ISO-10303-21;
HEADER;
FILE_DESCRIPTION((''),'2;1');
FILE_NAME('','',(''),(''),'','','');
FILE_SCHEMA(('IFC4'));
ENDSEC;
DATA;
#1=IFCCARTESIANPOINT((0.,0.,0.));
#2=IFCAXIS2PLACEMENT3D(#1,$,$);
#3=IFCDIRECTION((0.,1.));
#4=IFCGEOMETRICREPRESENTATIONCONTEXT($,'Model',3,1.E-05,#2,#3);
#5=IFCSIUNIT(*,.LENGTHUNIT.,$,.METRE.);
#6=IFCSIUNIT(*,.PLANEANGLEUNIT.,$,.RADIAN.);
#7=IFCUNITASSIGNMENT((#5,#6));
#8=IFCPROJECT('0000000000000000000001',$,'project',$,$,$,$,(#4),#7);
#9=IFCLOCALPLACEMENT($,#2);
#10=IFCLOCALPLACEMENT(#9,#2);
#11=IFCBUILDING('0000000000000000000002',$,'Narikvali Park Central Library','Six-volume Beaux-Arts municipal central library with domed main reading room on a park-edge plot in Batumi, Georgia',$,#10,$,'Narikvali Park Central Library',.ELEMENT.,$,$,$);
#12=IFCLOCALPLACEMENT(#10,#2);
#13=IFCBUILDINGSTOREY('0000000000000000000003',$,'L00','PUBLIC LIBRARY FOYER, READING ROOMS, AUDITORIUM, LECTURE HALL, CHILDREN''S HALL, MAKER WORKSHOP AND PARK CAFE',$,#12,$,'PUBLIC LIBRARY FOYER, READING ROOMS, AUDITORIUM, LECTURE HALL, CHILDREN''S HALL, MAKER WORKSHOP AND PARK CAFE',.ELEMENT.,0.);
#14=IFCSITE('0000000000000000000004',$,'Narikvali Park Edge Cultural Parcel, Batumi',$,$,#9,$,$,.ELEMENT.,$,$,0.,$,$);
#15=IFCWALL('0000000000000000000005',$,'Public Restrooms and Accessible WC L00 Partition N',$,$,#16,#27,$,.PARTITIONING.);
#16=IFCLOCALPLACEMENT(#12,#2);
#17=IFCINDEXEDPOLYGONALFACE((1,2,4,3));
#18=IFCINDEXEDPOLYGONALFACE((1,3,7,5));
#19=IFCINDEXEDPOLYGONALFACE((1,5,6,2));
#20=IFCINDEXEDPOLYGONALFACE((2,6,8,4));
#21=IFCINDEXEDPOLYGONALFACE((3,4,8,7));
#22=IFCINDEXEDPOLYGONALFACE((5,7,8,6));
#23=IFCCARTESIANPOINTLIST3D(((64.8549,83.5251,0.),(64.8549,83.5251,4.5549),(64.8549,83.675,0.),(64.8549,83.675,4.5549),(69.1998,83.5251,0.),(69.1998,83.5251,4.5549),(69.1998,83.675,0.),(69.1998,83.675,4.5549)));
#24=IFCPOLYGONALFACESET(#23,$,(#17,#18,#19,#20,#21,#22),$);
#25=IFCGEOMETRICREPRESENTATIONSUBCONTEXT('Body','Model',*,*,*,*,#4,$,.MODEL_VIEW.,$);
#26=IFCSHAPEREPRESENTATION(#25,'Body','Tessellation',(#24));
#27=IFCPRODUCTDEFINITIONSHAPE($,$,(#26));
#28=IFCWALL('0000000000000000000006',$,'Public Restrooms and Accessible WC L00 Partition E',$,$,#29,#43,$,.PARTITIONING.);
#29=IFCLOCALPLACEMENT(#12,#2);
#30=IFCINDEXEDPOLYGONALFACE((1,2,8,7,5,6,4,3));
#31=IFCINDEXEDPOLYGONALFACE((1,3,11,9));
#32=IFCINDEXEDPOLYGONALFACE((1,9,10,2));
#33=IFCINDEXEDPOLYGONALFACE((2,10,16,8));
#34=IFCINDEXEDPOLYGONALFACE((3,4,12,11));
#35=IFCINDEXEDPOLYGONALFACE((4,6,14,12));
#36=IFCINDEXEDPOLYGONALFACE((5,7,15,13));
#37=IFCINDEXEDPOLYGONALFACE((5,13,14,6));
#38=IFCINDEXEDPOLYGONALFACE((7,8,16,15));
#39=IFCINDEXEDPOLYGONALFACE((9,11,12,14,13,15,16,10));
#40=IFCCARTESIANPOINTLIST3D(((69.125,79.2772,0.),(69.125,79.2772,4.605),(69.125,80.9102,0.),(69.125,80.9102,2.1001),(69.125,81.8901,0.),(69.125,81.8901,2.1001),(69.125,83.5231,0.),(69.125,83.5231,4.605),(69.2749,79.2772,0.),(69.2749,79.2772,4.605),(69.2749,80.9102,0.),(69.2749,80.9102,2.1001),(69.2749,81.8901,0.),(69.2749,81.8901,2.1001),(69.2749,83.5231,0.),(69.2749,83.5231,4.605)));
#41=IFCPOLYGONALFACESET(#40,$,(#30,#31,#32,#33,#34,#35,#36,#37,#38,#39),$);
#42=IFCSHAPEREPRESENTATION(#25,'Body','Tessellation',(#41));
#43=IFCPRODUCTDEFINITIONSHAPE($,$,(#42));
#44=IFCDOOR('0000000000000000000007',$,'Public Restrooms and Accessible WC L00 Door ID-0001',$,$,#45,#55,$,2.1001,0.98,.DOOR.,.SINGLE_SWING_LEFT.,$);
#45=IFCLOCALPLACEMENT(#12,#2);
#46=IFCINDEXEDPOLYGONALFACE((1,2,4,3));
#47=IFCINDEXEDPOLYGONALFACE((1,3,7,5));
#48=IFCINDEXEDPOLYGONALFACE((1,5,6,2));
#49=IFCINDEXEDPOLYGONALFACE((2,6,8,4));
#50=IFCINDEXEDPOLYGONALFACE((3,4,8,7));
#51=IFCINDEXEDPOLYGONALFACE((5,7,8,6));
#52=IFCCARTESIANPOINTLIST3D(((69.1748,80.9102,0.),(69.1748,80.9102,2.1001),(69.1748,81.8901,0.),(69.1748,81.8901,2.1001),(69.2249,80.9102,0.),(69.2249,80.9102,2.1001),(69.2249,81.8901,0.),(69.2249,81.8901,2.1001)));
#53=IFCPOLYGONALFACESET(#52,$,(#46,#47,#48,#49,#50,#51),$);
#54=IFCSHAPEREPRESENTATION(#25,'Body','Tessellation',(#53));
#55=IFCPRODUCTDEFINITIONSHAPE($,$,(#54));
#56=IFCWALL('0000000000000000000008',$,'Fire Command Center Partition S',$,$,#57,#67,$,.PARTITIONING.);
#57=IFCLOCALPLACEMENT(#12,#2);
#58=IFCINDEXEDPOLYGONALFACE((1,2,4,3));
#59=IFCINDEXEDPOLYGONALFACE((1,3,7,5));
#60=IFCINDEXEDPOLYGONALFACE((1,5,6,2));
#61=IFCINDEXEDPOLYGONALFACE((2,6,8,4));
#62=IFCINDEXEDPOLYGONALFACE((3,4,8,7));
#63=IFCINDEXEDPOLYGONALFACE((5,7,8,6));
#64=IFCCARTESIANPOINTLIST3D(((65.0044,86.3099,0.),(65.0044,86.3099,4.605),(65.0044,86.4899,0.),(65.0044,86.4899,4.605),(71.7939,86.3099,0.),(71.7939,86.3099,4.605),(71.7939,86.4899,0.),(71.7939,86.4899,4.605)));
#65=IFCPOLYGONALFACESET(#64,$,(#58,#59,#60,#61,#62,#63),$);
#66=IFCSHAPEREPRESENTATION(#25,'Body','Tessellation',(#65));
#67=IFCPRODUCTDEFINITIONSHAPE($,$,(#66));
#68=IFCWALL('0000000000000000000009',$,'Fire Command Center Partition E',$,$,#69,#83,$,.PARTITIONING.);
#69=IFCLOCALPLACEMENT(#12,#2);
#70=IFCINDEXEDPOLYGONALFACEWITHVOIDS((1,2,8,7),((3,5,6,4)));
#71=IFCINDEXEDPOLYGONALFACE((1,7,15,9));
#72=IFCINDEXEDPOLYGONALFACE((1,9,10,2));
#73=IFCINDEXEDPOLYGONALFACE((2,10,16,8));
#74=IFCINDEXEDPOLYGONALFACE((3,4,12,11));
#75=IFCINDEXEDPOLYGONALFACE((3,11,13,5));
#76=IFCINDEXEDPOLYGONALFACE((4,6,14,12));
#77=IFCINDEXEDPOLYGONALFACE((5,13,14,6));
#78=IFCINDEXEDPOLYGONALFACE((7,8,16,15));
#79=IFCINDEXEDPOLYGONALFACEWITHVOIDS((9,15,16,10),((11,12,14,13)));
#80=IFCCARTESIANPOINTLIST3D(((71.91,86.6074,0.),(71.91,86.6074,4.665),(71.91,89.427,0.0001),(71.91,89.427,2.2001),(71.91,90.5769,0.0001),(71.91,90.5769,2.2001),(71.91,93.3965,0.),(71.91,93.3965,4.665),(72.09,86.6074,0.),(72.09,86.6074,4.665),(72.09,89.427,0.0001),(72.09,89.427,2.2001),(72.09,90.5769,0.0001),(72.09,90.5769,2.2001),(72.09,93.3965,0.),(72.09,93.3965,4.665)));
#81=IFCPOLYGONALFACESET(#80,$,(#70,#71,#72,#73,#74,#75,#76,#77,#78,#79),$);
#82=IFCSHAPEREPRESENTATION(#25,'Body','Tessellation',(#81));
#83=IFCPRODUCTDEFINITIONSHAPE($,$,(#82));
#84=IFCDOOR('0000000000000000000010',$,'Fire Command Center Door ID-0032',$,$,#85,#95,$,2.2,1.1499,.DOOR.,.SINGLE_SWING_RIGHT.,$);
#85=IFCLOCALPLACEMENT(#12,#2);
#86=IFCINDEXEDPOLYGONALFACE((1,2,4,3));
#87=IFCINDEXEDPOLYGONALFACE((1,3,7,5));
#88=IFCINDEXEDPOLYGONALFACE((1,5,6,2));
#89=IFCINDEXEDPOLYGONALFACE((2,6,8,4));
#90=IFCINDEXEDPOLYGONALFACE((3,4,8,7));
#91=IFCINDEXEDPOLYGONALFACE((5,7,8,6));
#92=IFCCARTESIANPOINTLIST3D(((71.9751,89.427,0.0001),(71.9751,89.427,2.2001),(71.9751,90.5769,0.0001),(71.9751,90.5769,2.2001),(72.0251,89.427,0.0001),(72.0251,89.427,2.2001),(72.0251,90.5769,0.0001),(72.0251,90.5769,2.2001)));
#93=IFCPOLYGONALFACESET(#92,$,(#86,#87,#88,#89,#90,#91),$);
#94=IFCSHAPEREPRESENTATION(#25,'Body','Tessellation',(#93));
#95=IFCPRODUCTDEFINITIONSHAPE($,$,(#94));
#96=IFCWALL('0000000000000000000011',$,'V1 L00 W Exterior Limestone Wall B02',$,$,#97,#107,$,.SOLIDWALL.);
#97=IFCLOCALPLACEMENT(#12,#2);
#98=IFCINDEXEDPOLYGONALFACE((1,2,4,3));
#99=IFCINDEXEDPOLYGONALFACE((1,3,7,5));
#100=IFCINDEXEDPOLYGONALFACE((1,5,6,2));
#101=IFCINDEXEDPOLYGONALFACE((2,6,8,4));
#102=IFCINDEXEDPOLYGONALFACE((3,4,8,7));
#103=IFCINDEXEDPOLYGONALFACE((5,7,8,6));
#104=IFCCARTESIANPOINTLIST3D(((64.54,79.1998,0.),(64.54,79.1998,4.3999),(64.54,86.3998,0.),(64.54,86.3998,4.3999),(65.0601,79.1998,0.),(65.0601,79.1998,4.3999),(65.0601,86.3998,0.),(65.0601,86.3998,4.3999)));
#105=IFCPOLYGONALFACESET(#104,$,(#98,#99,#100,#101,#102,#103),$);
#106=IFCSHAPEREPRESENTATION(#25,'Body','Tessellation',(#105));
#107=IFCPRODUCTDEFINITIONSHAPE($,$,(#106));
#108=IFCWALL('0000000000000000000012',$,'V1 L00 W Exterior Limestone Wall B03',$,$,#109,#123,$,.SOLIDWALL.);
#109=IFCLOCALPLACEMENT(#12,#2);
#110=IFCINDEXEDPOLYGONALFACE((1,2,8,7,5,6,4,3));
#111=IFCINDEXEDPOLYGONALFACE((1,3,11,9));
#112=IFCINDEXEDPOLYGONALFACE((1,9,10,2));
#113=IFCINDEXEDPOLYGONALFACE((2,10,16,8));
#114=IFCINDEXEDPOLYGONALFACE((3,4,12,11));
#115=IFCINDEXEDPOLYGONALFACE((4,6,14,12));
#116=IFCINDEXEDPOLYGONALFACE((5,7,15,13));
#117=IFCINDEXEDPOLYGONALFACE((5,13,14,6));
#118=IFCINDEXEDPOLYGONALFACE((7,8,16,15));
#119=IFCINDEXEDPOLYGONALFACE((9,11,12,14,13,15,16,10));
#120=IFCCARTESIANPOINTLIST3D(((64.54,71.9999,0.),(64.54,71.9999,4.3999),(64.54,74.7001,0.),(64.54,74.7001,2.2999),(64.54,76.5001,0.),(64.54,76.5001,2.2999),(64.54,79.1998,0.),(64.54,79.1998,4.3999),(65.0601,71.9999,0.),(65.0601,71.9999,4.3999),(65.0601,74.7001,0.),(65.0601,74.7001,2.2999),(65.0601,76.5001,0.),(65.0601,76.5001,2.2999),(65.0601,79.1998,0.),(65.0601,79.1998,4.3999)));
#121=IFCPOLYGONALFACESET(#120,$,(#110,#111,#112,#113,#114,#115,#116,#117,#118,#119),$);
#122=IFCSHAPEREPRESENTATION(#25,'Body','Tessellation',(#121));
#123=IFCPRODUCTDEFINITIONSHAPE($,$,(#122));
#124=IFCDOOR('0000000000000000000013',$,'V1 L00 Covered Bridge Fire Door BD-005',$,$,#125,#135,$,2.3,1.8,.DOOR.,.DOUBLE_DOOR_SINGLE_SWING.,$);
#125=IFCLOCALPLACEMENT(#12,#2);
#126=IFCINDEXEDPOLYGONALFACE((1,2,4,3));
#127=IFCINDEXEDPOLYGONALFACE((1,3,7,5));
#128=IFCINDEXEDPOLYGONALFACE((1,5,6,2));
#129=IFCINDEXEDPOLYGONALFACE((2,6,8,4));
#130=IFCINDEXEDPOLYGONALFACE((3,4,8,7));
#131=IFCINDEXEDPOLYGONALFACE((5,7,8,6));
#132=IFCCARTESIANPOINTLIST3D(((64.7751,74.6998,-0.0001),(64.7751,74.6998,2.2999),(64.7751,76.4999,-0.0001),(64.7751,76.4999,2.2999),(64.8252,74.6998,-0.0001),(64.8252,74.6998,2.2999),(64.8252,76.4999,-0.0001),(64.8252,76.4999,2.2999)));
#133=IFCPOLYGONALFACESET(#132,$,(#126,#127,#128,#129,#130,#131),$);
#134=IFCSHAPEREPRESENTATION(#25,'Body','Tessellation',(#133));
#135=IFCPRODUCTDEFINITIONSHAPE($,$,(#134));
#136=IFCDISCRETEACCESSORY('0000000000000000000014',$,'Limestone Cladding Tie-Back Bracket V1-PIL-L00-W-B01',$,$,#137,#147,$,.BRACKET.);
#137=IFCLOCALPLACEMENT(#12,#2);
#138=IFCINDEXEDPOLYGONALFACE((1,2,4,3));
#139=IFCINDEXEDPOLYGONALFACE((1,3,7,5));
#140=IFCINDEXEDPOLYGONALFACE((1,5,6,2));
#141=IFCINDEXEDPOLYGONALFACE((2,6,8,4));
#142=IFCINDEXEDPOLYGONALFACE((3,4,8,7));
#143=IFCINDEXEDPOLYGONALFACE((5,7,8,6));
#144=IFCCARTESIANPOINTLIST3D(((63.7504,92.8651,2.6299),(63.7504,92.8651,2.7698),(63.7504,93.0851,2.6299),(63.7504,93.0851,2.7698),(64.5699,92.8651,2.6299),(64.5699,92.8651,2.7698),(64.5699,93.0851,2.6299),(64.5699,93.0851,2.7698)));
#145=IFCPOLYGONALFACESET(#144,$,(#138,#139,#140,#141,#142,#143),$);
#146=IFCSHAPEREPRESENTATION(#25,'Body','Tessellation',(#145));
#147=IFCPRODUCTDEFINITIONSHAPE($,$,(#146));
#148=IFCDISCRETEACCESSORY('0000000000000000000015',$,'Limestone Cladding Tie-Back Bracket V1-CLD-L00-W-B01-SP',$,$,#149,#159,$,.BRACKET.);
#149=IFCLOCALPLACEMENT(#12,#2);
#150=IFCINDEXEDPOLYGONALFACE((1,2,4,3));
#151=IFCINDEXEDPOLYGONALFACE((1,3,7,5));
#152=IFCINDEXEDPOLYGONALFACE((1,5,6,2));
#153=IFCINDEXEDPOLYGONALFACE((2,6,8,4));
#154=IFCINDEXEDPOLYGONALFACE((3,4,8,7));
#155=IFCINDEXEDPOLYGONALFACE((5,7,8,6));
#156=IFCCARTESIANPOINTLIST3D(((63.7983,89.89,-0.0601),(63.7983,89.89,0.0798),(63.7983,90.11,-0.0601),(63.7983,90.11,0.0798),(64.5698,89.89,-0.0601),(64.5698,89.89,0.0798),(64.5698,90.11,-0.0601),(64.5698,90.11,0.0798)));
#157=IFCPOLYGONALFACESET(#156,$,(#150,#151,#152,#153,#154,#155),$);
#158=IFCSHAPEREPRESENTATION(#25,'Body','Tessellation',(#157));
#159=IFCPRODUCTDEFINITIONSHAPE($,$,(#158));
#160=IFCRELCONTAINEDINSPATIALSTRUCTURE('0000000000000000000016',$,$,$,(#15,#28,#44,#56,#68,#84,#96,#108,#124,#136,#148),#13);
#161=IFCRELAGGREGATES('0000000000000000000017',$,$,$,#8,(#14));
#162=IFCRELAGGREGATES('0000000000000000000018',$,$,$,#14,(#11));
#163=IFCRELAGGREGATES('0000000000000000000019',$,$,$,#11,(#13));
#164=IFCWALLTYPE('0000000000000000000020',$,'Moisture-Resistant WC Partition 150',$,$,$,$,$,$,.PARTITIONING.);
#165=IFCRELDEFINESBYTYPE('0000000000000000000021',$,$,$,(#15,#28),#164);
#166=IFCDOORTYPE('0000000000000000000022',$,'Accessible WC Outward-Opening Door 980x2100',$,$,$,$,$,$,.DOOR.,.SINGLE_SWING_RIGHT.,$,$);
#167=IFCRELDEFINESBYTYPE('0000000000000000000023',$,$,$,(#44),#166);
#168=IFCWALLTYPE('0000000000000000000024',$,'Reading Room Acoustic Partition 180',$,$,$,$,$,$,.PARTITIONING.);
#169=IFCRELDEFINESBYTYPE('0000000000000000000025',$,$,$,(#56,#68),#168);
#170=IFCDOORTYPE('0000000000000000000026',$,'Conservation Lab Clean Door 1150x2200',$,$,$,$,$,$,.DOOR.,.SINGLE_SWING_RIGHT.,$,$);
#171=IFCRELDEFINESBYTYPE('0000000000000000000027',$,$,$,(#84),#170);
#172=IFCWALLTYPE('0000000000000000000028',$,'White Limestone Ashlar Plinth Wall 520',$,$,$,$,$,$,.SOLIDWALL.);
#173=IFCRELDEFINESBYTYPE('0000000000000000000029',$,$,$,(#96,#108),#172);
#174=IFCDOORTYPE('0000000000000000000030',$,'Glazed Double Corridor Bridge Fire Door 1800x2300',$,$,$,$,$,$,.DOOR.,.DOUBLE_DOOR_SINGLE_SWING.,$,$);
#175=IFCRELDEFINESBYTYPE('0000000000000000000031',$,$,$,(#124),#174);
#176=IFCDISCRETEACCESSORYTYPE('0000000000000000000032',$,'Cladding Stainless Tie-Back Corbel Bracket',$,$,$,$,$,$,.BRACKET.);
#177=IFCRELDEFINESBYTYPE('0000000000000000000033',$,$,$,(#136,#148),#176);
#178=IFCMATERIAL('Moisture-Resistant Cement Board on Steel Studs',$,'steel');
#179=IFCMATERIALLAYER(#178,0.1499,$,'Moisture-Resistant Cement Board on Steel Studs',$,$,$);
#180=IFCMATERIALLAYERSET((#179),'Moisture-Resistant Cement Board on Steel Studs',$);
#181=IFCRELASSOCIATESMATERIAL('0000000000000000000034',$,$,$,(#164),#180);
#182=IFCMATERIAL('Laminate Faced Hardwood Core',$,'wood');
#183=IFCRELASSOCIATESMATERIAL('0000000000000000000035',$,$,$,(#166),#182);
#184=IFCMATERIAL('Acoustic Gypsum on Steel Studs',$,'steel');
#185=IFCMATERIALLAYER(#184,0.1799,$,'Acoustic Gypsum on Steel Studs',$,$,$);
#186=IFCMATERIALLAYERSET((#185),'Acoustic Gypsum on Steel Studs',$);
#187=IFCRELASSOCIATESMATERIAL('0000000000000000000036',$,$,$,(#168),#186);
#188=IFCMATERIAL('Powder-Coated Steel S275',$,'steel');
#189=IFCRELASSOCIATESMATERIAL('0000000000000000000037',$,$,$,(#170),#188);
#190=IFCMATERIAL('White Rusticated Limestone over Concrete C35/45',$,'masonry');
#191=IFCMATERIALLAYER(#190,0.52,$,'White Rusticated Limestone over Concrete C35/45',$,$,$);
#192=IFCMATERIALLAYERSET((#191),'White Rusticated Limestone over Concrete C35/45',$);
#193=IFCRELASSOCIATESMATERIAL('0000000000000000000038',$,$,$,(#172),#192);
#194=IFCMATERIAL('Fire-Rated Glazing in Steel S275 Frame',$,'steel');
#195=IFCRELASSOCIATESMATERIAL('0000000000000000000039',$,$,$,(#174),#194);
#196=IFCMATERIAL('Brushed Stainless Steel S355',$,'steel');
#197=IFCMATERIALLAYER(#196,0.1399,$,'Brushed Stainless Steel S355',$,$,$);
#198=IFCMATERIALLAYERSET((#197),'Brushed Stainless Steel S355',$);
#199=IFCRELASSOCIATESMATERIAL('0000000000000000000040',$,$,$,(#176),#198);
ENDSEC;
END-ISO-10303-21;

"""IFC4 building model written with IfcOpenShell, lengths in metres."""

from ifc_helpers import new_model, si_unit, direction, frame, frame_2d, origin, origin_2d, place, context, subcontext, project, spatial, rectangle, extrude, material, layer, layer_set, type_object, element, fill, save


model = new_model("IFC4")

# Units and contexts
model_context = context("Model", 3, precision=1e-05, world=origin(), true_north=direction((0.0, 1.0)))
body_context = subcontext(model_context, "Body", "Model", "MODEL_VIEW")
ifc_project = project(units=[si_unit("LENGTHUNIT", "METRE"), si_unit("PLANEANGLEUNIT", "RADIAN")], contexts=[model_context])

# Site, building, storey
site_placement = place(None, origin())
site = spatial("IfcSite", under=ifc_project, at=site_placement, Name="Narikvali Park Edge Cultural Parcel, Batumi", CompositionType="ELEMENT", RefElevation=0.0)
building_placement = place(site_placement, origin())
building = spatial("IfcBuilding", under=site, at=building_placement, Name="Narikvali Park Central Library", Description="Six-volume Beaux-Arts municipal central library with domed main reading room on a park-edge plot in Batumi, Georgia", LongName="Narikvali Park Central Library", CompositionType="ELEMENT")
storey_placement = place(building_placement, origin())
storey = spatial("IfcBuildingStorey", under=building, at=storey_placement, Name="L00", Description="PUBLIC LIBRARY FOYER, READING ROOMS, AUDITORIUM, LECTURE HALL, CHILDREN'S HALL, MAKER WORKSHOP AND PARK CAFE", LongName="PUBLIC LIBRARY FOYER, READING ROOMS, AUDITORIUM, LECTURE HALL, CHILDREN'S HALL, MAKER WORKSHOP AND PARK CAFE", CompositionType="ELEMENT", Elevation=0.0)

# Wall
ifc_material_1 = material(Name="Moisture-Resistant Cement Board on Steel Studs", Category="steel")
ifc_layer_1 = layer(ifc_material_1, 0.1499, Name="Moisture-Resistant Cement Board on Steel Studs")
ifc_layer_set_1 = layer_set([ifc_layer_1], Name="Moisture-Resistant Cement Board on Steel Studs")
wall_type_1 = type_object("IfcWallType", Name="Moisture-Resistant WC Partition 150", PredefinedType="PARTITIONING", material=ifc_layer_set_1)
wall_1_placement = place(storey_placement, frame((64.855, 83.6001, 0.0), z_axis=(0.0, 0.0, 1.0), x_axis=(1.0, 0.0, 0.0)))
element("IfcWall", 1, at=wall_1_placement, inside=storey, type_object=wall_type_1, Name="Public Restrooms and Accessible WC L00 Partition N", PredefinedType="PARTITIONING", context=body_context, shape_type="SweptSolid", body=[
    extrude(rectangle(XDim=4.345, YDim=0.1499, at=frame_2d((2.1724, 0.0))), origin(), (0.0, 0.0, 1.0), 4.5549),
])

# Wall, opening, door
wall_2_placement = place(storey_placement, frame((69.2, 79.2771, 0.0), z_axis=(0.0, 0.0, 1.0), x_axis=(0.0, 1.0, 0.0)))
wall_2 = element("IfcWall", 2, at=wall_2_placement, inside=storey, type_object=wall_type_1, Name="Public Restrooms and Accessible WC L00 Partition E", PredefinedType="PARTITIONING", context=body_context, shape_type="SweptSolid", body=[
    extrude(rectangle(XDim=4.2458, YDim=0.1499, at=frame_2d((2.123, 0.0))), origin(), (0.0, 0.0, 1.0), 4.605),
])
opening_1_placement = place(wall_2_placement, frame((1.6331, 0.0, 0.0)))
opening_1 = element("IfcOpeningElement", 3, at=opening_1_placement, cuts=wall_2, PredefinedType="OPENING", context=body_context, shape_type="SweptSolid", body=[
    extrude(rectangle(XDim=0.98, YDim=2.1001, at=frame_2d((0.49, 1.05))), frame((0.0, 0.0869, 0.0), z_axis=(0.0, -1.0, 0.0), x_axis=(1.0, 0.0, 0.0)), (0.0, 0.0, 1.0), 0.1738),
])
ifc_material_2 = material(Name="Laminate Faced Hardwood Core", Category="wood")
door_type_1 = type_object("IfcDoorType", Name="Accessible WC Outward-Opening Door 980x2100", OperationType="SINGLE_SWING_RIGHT", PredefinedType="DOOR", material=ifc_material_2)
door_1_placement = place(opening_1_placement, frame((0.98, 0.0, 0.0), z_axis=(0.0, 0.0, 1.0), x_axis=(-1.0, 0.0, 0.0)))
door_1 = element("IfcDoor", 4, at=door_1_placement, inside=storey, type_object=door_type_1, Name="Public Restrooms and Accessible WC L00 Door ID-0001", OperationType="SINGLE_SWING_LEFT", OverallHeight=2.1001, OverallWidth=0.98, PredefinedType="DOOR", context=body_context, shape_type="SweptSolid", body=[
    extrude(rectangle(XDim=0.98, YDim=2.1001, at=frame_2d((0.49, 1.05))), frame((0.0, 0.0249, 0.0), z_axis=(0.0, -1.0, 0.0), x_axis=(1.0, 0.0, 0.0)), (0.0, 0.0, 1.0), 0.05),
])
fill(opening_1, door_1)

# Wall
ifc_material_3 = material(Name="Acoustic Gypsum on Steel Studs", Category="steel")
ifc_layer_2 = layer(ifc_material_3, 0.1799, Name="Acoustic Gypsum on Steel Studs")
ifc_layer_set_2 = layer_set([ifc_layer_2], Name="Acoustic Gypsum on Steel Studs")
wall_type_2 = type_object("IfcWallType", Name="Reading Room Acoustic Partition 180", PredefinedType="PARTITIONING", material=ifc_layer_set_2)
wall_3_placement = place(storey_placement, frame((65.0044, 86.3999, 0.0), z_axis=(0.0, 0.0, 1.0), x_axis=(1.0, 0.0, 0.0)))
element("IfcWall", 5, at=wall_3_placement, inside=storey, type_object=wall_type_2, Name="Fire Command Center Partition S", PredefinedType="PARTITIONING", context=body_context, shape_type="SweptSolid", body=[
    extrude(rectangle(XDim=6.7896, YDim=0.1799, at=frame_2d((3.3948, 0.0))), origin(), (0.0, 0.0, 1.0), 4.605),
])

# Wall, opening, door
wall_4_placement = place(storey_placement, frame((72.0, 86.6074, 0.0), z_axis=(0.0, 0.0, 1.0), x_axis=(0.0, 1.0, 0.0)))
wall_4 = element("IfcWall", 6, at=wall_4_placement, inside=storey, type_object=wall_type_2, Name="Fire Command Center Partition E", PredefinedType="PARTITIONING", context=body_context, shape_type="SweptSolid", body=[
    extrude(rectangle(XDim=6.7891, YDim=0.1799, at=frame_2d((3.3945, 0.0))), origin(), (0.0, 0.0, 1.0), 4.665),
])
opening_2_placement = place(wall_4_placement, frame((2.8196, 0.0, 0.0)))
opening_2 = element("IfcOpeningElement", 7, at=opening_2_placement, cuts=wall_4, PredefinedType="OPENING", context=body_context, shape_type="SweptSolid", body=[
    extrude(rectangle(XDim=1.1499, YDim=2.2, at=frame_2d((0.575, 1.1001))), frame((0.0, 0.1021, 0.0), z_axis=(0.0, -1.0, 0.0), x_axis=(1.0, 0.0, 0.0)), (0.0, 0.0, 1.0), 0.2039),
])
ifc_material_4 = material(Name="Powder-Coated Steel S275", Category="steel")
door_type_2 = type_object("IfcDoorType", Name="Conservation Lab Clean Door 1150x2200", OperationType="SINGLE_SWING_RIGHT", PredefinedType="DOOR", material=ifc_material_4)
door_2_placement = place(opening_2_placement, origin())
door_2 = element("IfcDoor", 8, at=door_2_placement, inside=storey, type_object=door_type_2, Name="Fire Command Center Door ID-0032", OperationType="SINGLE_SWING_RIGHT", OverallHeight=2.2, OverallWidth=1.1499, PredefinedType="DOOR", context=body_context, shape_type="SweptSolid", body=[
    extrude(rectangle(XDim=1.1499, YDim=2.2, at=frame_2d((0.575, 1.1001))), frame((0.0, 0.0249, 0.0), z_axis=(0.0, -1.0, 0.0), x_axis=(1.0, 0.0, 0.0)), (0.0, 0.0, 1.0), 0.05),
])
fill(opening_2, door_2)

# Wall
ifc_material_5 = material(Name="White Rusticated Limestone over Concrete C35/45", Category="masonry")
ifc_layer_3 = layer(ifc_material_5, 0.52, Name="White Rusticated Limestone over Concrete C35/45")
ifc_layer_set_3 = layer_set([ifc_layer_3], Name="White Rusticated Limestone over Concrete C35/45")
wall_type_3 = type_object("IfcWallType", Name="White Limestone Ashlar Plinth Wall 520", PredefinedType="SOLIDWALL", material=ifc_layer_set_3)
wall_5_placement = place(storey_placement, frame((64.8, 86.3999, 0.0), z_axis=(0.0, 0.0, 1.0), x_axis=(0.0, -1.0, 0.0)))
element("IfcWall", 9, at=wall_5_placement, inside=storey, type_object=wall_type_3, Name="V1 L00 W Exterior Limestone Wall B02", PredefinedType="SOLIDWALL", context=body_context, shape_type="SweptSolid", body=[
    extrude(rectangle(XDim=7.2, YDim=0.52, at=frame_2d((3.6001, 0.0))), origin(), (0.0, 0.0, 1.0), 4.3999),
])

# Wall, opening, door
wall_6_placement = place(storey_placement, frame((64.8, 79.2, 0.0), z_axis=(0.0, 0.0, 1.0), x_axis=(0.0, -1.0, 0.0)))
wall_6 = element("IfcWall", 10, at=wall_6_placement, inside=storey, type_object=wall_type_3, Name="V1 L00 W Exterior Limestone Wall B03", PredefinedType="SOLIDWALL", context=body_context, shape_type="SweptSolid", body=[
    extrude(rectangle(XDim=7.2, YDim=0.52, at=frame_2d((3.6001, 0.0))), origin(), (0.0, 0.0, 1.0), 4.3999),
])
opening_3_placement = place(wall_6_placement, frame((2.7, 0.0, 0.0)))
opening_3 = element("IfcOpeningElement", 11, at=opening_3_placement, cuts=wall_6, PredefinedType="OPENING", context=body_context, shape_type="SweptSolid", body=[
    extrude(rectangle(XDim=1.8, YDim=2.3, at=frame_2d((0.8999, 1.1499))), frame((0.0, 0.272, 0.0), z_axis=(0.0, -1.0, 0.0), x_axis=(1.0, 0.0, 0.0)), (0.0, 0.0, 1.0), 0.5439),
])
ifc_material_6 = material(Name="Fire-Rated Glazing in Steel S275 Frame", Category="steel")
door_type_3 = type_object("IfcDoorType", Name="Glazed Double Corridor Bridge Fire Door 1800x2300", OperationType="DOUBLE_DOOR_SINGLE_SWING", PredefinedType="DOOR", material=ifc_material_6)
door_3_placement = place(opening_3_placement, frame((1.8, 0.0, 0.0), z_axis=(0.0, 0.0, 1.0), x_axis=(-1.0, 0.0, 0.0)))
door_3 = element("IfcDoor", 12, at=door_3_placement, inside=storey, type_object=door_type_3, Name="V1 L00 Covered Bridge Fire Door BD-005", OperationType="DOUBLE_DOOR_SINGLE_SWING", OverallHeight=2.3, OverallWidth=1.8, PredefinedType="DOOR", context=body_context, shape_type="SweptSolid", body=[
    extrude(rectangle(XDim=1.8, YDim=2.3, at=frame_2d((0.8999, 1.1499))), frame((0.0, 0.0249, 0.0), z_axis=(0.0, -1.0, 0.0), x_axis=(1.0, 0.0, 0.0)), (0.0, 0.0, 1.0), 0.05),
])
fill(opening_3, door_3)

# Discrete accessories
ifc_material_7 = material(Name="Brushed Stainless Steel S355", Category="steel")
ifc_layer_4 = layer(ifc_material_7, 0.1399, Name="Brushed Stainless Steel S355")
ifc_layer_set_4 = layer_set([ifc_layer_4], Name="Brushed Stainless Steel S355")
discrete_accessory_type = type_object("IfcDiscreteAccessoryType", Name="Cladding Stainless Tie-Back Corbel Bracket", PredefinedType="BRACKET", material=ifc_layer_set_4)
discrete_accessory_1_placement = place(storey_placement, frame((64.1602, 92.9751, 2.6299), z_axis=(0.0, 0.0, 1.0), x_axis=(1.0, 0.0, 0.0)))
element("IfcDiscreteAccessory", 13, at=discrete_accessory_1_placement, inside=storey, type_object=discrete_accessory_type, Name="Limestone Cladding Tie-Back Bracket V1-PIL-L00-W-B01", PredefinedType="BRACKET", context=body_context, shape_type="SweptSolid", body=[
    extrude(rectangle(XDim=0.8196, YDim=0.22, at=origin_2d()), origin(), (0.0, 0.0, 1.0), 0.1399),
])
discrete_accessory_2_placement = place(storey_placement, frame((64.1841, 90.0, -0.0601), z_axis=(0.0, 0.0, 1.0), x_axis=(1.0, 0.0, 0.0)))
element("IfcDiscreteAccessory", 14, at=discrete_accessory_2_placement, inside=storey, type_object=discrete_accessory_type, Name="Limestone Cladding Tie-Back Bracket V1-CLD-L00-W-B01-SP", PredefinedType="BRACKET", context=body_context, shape_type="SweptSolid", body=[
    extrude(rectangle(XDim=0.7715, YDim=0.22, at=origin_2d()), origin(), (0.0, 0.0, 1.0), 0.1399),
])

save(model, "model.ifc")
